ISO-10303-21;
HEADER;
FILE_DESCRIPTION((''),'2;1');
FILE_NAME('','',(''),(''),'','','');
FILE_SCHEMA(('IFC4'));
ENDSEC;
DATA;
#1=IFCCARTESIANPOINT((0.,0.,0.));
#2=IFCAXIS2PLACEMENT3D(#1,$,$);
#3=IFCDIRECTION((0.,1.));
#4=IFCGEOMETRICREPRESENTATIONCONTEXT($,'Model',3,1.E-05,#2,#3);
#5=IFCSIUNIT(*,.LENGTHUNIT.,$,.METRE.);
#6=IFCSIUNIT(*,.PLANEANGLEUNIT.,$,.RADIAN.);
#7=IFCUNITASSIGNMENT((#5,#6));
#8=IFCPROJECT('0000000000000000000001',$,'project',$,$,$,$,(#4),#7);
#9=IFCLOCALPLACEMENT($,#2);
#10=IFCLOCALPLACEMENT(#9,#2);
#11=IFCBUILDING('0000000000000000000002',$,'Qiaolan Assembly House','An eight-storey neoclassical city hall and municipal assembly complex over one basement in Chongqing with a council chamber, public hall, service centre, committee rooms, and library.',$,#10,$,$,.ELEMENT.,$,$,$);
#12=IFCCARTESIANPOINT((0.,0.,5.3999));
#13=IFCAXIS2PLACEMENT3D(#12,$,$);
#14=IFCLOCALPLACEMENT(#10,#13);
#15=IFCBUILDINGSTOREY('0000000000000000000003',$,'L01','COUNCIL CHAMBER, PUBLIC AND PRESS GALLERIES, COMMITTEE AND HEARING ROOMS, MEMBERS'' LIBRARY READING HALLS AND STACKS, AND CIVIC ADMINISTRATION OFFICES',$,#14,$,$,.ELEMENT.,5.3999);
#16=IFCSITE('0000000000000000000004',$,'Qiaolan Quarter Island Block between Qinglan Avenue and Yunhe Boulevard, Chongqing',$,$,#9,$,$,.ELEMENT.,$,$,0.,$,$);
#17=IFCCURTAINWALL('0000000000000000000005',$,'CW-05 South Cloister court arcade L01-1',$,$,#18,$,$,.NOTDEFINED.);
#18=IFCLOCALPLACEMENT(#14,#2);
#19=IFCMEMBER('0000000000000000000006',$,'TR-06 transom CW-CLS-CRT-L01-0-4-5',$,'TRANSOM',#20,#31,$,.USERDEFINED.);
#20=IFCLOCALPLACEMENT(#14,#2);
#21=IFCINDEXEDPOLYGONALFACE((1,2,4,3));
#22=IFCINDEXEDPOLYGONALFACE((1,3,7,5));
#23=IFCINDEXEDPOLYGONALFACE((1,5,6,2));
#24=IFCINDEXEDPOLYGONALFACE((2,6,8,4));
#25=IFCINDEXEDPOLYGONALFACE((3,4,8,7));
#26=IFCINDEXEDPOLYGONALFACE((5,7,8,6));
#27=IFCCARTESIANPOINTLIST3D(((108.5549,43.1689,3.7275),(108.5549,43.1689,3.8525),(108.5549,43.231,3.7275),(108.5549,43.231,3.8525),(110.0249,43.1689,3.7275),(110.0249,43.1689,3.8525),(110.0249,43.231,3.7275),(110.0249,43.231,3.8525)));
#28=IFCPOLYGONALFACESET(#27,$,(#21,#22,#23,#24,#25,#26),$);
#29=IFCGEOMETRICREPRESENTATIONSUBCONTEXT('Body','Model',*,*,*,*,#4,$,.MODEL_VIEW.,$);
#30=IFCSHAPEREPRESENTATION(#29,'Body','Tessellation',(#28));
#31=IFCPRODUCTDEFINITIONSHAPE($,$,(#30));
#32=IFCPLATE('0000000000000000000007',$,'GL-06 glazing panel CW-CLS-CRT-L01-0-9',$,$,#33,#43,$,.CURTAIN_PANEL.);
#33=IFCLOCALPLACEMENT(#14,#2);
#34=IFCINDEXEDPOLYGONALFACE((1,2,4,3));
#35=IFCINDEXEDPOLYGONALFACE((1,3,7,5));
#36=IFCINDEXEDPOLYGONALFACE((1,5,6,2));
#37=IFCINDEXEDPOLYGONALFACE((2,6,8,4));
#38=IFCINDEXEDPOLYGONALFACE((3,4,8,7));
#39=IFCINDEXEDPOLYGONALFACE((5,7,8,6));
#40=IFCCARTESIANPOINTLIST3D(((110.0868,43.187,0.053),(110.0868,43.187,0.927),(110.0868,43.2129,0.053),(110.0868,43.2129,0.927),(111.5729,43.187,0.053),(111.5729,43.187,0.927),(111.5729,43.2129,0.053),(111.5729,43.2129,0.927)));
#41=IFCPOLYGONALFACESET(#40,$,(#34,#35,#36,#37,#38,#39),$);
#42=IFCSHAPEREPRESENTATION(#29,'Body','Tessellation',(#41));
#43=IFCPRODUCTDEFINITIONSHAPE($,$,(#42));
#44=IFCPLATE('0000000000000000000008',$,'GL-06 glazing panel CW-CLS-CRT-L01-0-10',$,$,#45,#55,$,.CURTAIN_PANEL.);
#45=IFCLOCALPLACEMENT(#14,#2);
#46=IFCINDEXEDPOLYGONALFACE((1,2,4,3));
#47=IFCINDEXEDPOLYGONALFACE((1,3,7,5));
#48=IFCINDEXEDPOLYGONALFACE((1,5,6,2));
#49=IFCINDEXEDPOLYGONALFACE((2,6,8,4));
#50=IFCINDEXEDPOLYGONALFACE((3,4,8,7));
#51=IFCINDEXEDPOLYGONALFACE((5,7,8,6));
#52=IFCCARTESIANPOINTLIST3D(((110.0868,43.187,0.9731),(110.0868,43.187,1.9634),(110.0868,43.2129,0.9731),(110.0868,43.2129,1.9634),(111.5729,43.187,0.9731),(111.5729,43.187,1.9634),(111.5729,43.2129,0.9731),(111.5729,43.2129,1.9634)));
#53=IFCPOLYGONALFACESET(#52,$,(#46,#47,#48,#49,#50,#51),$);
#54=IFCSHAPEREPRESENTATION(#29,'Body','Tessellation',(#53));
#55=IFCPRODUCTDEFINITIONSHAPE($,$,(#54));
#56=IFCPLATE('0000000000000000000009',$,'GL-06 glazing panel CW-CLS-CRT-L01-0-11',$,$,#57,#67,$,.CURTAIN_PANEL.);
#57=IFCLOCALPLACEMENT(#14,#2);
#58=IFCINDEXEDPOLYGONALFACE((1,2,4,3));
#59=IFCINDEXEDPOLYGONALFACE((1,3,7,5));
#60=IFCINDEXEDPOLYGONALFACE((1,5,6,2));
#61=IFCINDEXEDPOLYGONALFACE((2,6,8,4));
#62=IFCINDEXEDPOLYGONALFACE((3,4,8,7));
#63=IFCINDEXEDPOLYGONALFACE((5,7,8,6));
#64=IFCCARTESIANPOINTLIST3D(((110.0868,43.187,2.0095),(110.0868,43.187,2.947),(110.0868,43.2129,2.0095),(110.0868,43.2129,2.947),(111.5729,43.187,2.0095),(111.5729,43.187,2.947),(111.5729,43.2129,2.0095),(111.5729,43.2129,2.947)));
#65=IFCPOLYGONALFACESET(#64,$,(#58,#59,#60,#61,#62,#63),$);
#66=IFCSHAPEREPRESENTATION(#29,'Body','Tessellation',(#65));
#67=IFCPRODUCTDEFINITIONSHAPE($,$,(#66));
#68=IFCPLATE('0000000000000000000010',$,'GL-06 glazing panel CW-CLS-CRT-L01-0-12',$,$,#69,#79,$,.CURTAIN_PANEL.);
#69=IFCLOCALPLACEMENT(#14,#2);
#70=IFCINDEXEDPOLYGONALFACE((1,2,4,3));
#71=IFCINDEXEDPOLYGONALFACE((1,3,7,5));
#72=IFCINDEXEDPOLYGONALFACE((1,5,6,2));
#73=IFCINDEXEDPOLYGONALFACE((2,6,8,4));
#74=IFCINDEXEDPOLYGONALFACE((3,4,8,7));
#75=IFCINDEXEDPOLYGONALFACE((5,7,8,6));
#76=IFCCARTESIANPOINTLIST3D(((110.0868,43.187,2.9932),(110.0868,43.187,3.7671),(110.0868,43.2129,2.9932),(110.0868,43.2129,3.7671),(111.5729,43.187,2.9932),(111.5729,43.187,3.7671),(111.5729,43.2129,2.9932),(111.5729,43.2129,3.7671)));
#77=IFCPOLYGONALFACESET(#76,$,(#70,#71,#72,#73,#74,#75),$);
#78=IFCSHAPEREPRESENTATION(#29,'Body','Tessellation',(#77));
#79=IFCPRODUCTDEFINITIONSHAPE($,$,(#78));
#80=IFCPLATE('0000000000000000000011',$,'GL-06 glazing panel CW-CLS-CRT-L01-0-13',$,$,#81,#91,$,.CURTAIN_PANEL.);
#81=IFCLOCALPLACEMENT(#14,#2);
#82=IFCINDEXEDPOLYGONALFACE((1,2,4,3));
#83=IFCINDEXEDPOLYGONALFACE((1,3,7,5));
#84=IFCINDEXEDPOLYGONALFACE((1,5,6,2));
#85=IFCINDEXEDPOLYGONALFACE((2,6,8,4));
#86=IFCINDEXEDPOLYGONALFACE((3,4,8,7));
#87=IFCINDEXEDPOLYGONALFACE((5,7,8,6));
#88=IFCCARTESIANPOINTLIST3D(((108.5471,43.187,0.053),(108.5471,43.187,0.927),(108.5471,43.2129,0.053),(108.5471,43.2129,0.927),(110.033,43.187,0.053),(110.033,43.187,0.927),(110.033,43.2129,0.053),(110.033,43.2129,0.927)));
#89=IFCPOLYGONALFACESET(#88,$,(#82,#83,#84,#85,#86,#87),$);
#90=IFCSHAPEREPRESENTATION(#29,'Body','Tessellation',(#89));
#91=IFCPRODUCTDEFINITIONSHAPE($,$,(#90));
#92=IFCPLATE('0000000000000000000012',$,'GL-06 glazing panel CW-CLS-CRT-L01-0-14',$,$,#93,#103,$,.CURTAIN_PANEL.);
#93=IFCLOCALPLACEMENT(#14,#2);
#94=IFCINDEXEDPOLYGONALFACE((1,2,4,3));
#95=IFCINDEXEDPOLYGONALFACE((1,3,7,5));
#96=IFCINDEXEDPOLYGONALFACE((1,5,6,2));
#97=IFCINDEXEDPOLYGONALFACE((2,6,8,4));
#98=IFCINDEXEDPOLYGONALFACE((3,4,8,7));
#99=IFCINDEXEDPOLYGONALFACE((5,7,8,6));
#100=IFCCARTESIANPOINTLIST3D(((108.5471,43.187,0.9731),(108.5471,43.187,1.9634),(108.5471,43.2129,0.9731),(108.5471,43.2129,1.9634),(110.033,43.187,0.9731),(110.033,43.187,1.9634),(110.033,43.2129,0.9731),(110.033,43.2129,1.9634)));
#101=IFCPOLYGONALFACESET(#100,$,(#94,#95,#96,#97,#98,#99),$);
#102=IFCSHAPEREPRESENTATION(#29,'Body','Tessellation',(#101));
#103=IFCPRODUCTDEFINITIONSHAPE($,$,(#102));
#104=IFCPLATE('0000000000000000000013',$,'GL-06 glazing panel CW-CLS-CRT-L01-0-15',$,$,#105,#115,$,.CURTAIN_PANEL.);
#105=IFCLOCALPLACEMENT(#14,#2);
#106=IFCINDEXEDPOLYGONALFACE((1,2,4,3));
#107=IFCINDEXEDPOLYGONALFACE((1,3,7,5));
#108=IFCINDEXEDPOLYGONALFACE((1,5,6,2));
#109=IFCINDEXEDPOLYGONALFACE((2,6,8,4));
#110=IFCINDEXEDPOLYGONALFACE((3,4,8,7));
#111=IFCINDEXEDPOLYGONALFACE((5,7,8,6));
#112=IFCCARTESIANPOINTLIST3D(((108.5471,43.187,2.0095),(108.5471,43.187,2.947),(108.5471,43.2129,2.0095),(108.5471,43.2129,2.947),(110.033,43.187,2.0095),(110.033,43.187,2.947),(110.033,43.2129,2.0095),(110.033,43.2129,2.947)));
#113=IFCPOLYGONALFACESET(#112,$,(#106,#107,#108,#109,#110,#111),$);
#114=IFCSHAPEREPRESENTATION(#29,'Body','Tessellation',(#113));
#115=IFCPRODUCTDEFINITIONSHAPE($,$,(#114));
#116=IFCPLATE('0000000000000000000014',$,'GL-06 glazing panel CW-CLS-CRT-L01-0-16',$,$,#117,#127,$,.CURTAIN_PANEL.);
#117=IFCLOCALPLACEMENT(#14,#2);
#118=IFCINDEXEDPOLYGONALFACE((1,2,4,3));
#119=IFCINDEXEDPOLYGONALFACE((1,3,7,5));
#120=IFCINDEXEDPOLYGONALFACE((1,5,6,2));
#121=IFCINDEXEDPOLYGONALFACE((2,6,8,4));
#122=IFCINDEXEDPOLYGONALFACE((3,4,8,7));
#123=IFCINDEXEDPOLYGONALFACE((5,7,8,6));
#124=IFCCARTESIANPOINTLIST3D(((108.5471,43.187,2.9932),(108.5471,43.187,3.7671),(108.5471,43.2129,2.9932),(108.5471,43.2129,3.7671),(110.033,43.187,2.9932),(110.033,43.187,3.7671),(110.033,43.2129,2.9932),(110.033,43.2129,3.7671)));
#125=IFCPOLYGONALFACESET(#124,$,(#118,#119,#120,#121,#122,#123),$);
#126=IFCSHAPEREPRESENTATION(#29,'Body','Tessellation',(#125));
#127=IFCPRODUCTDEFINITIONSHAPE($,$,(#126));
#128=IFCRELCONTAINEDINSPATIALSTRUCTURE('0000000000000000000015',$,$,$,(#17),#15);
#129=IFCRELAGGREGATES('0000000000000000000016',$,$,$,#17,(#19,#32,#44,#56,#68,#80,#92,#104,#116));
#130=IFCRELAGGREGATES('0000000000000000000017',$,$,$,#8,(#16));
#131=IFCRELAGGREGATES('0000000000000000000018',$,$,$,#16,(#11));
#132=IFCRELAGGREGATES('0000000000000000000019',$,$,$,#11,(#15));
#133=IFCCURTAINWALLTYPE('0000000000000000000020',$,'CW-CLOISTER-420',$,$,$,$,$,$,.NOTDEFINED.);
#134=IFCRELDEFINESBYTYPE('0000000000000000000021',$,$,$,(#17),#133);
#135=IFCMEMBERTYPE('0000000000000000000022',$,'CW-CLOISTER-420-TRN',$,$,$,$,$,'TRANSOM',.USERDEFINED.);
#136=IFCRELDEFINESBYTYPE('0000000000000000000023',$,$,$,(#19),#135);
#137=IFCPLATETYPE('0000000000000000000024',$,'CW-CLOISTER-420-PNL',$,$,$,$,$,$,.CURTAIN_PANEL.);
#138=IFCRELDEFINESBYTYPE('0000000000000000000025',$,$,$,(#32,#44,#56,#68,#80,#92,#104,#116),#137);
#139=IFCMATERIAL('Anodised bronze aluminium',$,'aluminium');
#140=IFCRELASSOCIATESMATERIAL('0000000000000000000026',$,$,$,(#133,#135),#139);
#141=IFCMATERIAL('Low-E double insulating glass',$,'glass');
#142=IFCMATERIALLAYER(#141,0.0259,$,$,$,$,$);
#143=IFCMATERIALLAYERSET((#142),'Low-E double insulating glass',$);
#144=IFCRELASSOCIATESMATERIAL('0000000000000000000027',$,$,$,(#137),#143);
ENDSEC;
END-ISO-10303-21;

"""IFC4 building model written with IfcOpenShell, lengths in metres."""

from ifc_helpers import new_model, si_unit, direction, frame, frame_2d, origin, origin_2d, place, context, subcontext, project, spatial, rectangle, extrude, material, layer, layer_set, material_profile, profile_set, type_object, element, aggregate, save


model = new_model("IFC4")

# Units and contexts
model_context = context("Model", 3, precision=1e-05, world=origin(), true_north=direction((0.0, 1.0)))
body_context = subcontext(model_context, "Body", "Model", "MODEL_VIEW")
ifc_project = project(units=[si_unit("LENGTHUNIT", "METRE"), si_unit("PLANEANGLEUNIT", "RADIAN")], contexts=[model_context])

# Site, building, storey
site_placement = place(None, origin())
site = spatial("IfcSite", under=ifc_project, at=site_placement, Name="Qiaolan Quarter Island Block between Qinglan Avenue and Yunhe Boulevard, Chongqing", CompositionType="ELEMENT", RefElevation=0.0)
building_placement = place(site_placement, origin())
building = spatial("IfcBuilding", under=site, at=building_placement, Name="Qiaolan Assembly House", Description="An eight-storey neoclassical city hall and municipal assembly complex over one basement in Chongqing with a council chamber, public hall, service centre, committee rooms, and library.", CompositionType="ELEMENT")
storey_placement = place(building_placement, frame((0.0, 0.0, 5.3999)))
storey = spatial("IfcBuildingStorey", under=building, at=storey_placement, Name="L01", Description="COUNCIL CHAMBER, PUBLIC AND PRESS GALLERIES, COMMITTEE AND HEARING ROOMS, MEMBERS' LIBRARY READING HALLS AND STACKS, AND CIVIC ADMINISTRATION OFFICES", CompositionType="ELEMENT", Elevation=5.3999)

# Curtain wall, member, plates
ifc_material_1 = material(Name="Anodised bronze aluminium", Category="aluminium")
curtain_wall_type = type_object("IfcCurtainWallType", Name="CW-CLOISTER-420", PredefinedType="NOTDEFINED", material=ifc_material_1)
curtain_wall_placement = place(storey_placement, origin())
curtain_wall = element("IfcCurtainWall", 1, at=curtain_wall_placement, inside=storey, type_object=curtain_wall_type, Name="CW-05 South Cloister court arcade L01-1", PredefinedType="NOTDEFINED")
ifc_material_profile_1 = material_profile(ifc_material_1, rectangle(XDim=0.062, YDim=0.125, at=origin_2d()), Name="TRN 62x125")
ifc_profile_set_1 = profile_set([ifc_material_profile_1], Name="Anodised bronze aluminium")
member_type_1 = type_object("IfcMemberType", Name="CW-CLOISTER-420-TRN", ElementType="TRANSOM", PredefinedType="USERDEFINED", material=ifc_profile_set_1)
member_1_placement = place(storey_placement, frame((110.0249, 43.2, 3.79), z_axis=(-1.0, 0.0, 0.0), x_axis=(0.0, -1.0, 0.0)))
member_1 = element("IfcMember", 2, at=member_1_placement, type_object=member_type_1, Name="TR-06 transom CW-CLS-CRT-L01-0-4-5", ObjectType="TRANSOM", PredefinedType="USERDEFINED", context=body_context, shape_type="SweptSolid", body=[
    extrude(rectangle(XDim=0.062, YDim=0.125, at=origin_2d()), origin(), (0.0, 0.0, 1.0), 1.47),
])
ifc_material_2 = material(Name="Low-E double insulating glass", Category="glass")
ifc_layer = layer(ifc_material_2, 0.0259)
ifc_layer_set = layer_set([ifc_layer], Name="Low-E double insulating glass")
plate_type = type_object("IfcPlateType", Name="CW-CLOISTER-420-PNL", PredefinedType="CURTAIN_PANEL", material=ifc_layer_set)
plate_1_placement = place(storey_placement, frame((111.573, 43.2, 0.053), z_axis=(0.0, 0.0, 1.0), x_axis=(-1.0, 0.0, 0.0)))
plate_1 = element("IfcPlate", 3, at=plate_1_placement, type_object=plate_type, Name="GL-06 glazing panel CW-CLS-CRT-L01-0-9", PredefinedType="CURTAIN_PANEL", context=body_context, shape_type="SweptSolid", body=[
    extrude(rectangle(XDim=1.4861, YDim=0.0259, at=frame_2d((0.7432, 0.0))), origin(), (0.0, 0.0, 1.0), 0.874),
])
plate_2_placement = place(storey_placement, frame((111.573, 43.2, 0.9731), z_axis=(0.0, 0.0, 1.0), x_axis=(-1.0, 0.0, 0.0)))
plate_2 = element("IfcPlate", 4, at=plate_2_placement, type_object=plate_type, Name="GL-06 glazing panel CW-CLS-CRT-L01-0-10", PredefinedType="CURTAIN_PANEL", context=body_context, shape_type="SweptSolid", body=[
    extrude(rectangle(XDim=1.4861, YDim=0.0259, at=frame_2d((0.7432, 0.0))), origin(), (0.0, 0.0, 1.0), 0.9902),
])
plate_3_placement = place(storey_placement, frame((111.573, 43.2, 2.0095), z_axis=(0.0, 0.0, 1.0), x_axis=(-1.0, 0.0, 0.0)))
plate_3 = element("IfcPlate", 5, at=plate_3_placement, type_object=plate_type, Name="GL-06 glazing panel CW-CLS-CRT-L01-0-11", PredefinedType="CURTAIN_PANEL", context=body_context, shape_type="SweptSolid", body=[
    extrude(rectangle(XDim=1.4861, YDim=0.0259, at=frame_2d((0.7432, 0.0))), origin(), (0.0, 0.0, 1.0), 0.9375),
])
plate_4_placement = place(storey_placement, frame((111.573, 43.2, 2.9932), z_axis=(0.0, 0.0, 1.0), x_axis=(-1.0, 0.0, 0.0)))
plate_4 = element("IfcPlate", 6, at=plate_4_placement, type_object=plate_type, Name="GL-06 glazing panel CW-CLS-CRT-L01-0-12", PredefinedType="CURTAIN_PANEL", context=body_context, shape_type="SweptSolid", body=[
    extrude(rectangle(XDim=1.4861, YDim=0.0259, at=frame_2d((0.7432, 0.0))), origin(), (0.0, 0.0, 1.0), 0.7739),
])
plate_5_placement = place(storey_placement, frame((110.033, 43.2, 0.053), z_axis=(0.0, 0.0, 1.0), x_axis=(-1.0, 0.0, 0.0)))
plate_5 = element("IfcPlate", 7, at=plate_5_placement, type_object=plate_type, Name="GL-06 glazing panel CW-CLS-CRT-L01-0-13", PredefinedType="CURTAIN_PANEL", context=body_context, shape_type="SweptSolid", body=[
    extrude(rectangle(XDim=1.4858, YDim=0.0259, at=frame_2d((0.7429, 0.0))), origin(), (0.0, 0.0, 1.0), 0.874),
])
plate_6_placement = place(storey_placement, frame((110.033, 43.2, 0.9731), z_axis=(0.0, 0.0, 1.0), x_axis=(-1.0, 0.0, 0.0)))
plate_6 = element("IfcPlate", 8, at=plate_6_placement, type_object=plate_type, Name="GL-06 glazing panel CW-CLS-CRT-L01-0-14", PredefinedType="CURTAIN_PANEL", context=body_context, shape_type="SweptSolid", body=[
    extrude(rectangle(XDim=1.4858, YDim=0.0259, at=frame_2d((0.7429, 0.0))), origin(), (0.0, 0.0, 1.0), 0.9902),
])
plate_7_placement = place(storey_placement, frame((110.033, 43.2, 2.0095), z_axis=(0.0, 0.0, 1.0), x_axis=(-1.0, 0.0, 0.0)))
plate_7 = element("IfcPlate", 9, at=plate_7_placement, type_object=plate_type, Name="GL-06 glazing panel CW-CLS-CRT-L01-0-15", PredefinedType="CURTAIN_PANEL", context=body_context, shape_type="SweptSolid", body=[
    extrude(rectangle(XDim=1.4858, YDim=0.0259, at=frame_2d((0.7429, 0.0))), origin(), (0.0, 0.0, 1.0), 0.9375),
])
plate_8_placement = place(storey_placement, frame((110.033, 43.2, 2.9932), z_axis=(0.0, 0.0, 1.0), x_axis=(-1.0, 0.0, 0.0)))
plate_8 = element("IfcPlate", 10, at=plate_8_placement, type_object=plate_type, Name="GL-06 glazing panel CW-CLS-CRT-L01-0-16", PredefinedType="CURTAIN_PANEL", context=body_context, shape_type="SweptSolid", body=[
    extrude(rectangle(XDim=1.4858, YDim=0.0259, at=frame_2d((0.7429, 0.0))), origin(), (0.0, 0.0, 1.0), 0.7739),
])
aggregate(curtain_wall, [member_1, plate_1, plate_2, plate_3, plate_4, plate_5, plate_6, plate_7, plate_8])

save(model, "model.ifc")
